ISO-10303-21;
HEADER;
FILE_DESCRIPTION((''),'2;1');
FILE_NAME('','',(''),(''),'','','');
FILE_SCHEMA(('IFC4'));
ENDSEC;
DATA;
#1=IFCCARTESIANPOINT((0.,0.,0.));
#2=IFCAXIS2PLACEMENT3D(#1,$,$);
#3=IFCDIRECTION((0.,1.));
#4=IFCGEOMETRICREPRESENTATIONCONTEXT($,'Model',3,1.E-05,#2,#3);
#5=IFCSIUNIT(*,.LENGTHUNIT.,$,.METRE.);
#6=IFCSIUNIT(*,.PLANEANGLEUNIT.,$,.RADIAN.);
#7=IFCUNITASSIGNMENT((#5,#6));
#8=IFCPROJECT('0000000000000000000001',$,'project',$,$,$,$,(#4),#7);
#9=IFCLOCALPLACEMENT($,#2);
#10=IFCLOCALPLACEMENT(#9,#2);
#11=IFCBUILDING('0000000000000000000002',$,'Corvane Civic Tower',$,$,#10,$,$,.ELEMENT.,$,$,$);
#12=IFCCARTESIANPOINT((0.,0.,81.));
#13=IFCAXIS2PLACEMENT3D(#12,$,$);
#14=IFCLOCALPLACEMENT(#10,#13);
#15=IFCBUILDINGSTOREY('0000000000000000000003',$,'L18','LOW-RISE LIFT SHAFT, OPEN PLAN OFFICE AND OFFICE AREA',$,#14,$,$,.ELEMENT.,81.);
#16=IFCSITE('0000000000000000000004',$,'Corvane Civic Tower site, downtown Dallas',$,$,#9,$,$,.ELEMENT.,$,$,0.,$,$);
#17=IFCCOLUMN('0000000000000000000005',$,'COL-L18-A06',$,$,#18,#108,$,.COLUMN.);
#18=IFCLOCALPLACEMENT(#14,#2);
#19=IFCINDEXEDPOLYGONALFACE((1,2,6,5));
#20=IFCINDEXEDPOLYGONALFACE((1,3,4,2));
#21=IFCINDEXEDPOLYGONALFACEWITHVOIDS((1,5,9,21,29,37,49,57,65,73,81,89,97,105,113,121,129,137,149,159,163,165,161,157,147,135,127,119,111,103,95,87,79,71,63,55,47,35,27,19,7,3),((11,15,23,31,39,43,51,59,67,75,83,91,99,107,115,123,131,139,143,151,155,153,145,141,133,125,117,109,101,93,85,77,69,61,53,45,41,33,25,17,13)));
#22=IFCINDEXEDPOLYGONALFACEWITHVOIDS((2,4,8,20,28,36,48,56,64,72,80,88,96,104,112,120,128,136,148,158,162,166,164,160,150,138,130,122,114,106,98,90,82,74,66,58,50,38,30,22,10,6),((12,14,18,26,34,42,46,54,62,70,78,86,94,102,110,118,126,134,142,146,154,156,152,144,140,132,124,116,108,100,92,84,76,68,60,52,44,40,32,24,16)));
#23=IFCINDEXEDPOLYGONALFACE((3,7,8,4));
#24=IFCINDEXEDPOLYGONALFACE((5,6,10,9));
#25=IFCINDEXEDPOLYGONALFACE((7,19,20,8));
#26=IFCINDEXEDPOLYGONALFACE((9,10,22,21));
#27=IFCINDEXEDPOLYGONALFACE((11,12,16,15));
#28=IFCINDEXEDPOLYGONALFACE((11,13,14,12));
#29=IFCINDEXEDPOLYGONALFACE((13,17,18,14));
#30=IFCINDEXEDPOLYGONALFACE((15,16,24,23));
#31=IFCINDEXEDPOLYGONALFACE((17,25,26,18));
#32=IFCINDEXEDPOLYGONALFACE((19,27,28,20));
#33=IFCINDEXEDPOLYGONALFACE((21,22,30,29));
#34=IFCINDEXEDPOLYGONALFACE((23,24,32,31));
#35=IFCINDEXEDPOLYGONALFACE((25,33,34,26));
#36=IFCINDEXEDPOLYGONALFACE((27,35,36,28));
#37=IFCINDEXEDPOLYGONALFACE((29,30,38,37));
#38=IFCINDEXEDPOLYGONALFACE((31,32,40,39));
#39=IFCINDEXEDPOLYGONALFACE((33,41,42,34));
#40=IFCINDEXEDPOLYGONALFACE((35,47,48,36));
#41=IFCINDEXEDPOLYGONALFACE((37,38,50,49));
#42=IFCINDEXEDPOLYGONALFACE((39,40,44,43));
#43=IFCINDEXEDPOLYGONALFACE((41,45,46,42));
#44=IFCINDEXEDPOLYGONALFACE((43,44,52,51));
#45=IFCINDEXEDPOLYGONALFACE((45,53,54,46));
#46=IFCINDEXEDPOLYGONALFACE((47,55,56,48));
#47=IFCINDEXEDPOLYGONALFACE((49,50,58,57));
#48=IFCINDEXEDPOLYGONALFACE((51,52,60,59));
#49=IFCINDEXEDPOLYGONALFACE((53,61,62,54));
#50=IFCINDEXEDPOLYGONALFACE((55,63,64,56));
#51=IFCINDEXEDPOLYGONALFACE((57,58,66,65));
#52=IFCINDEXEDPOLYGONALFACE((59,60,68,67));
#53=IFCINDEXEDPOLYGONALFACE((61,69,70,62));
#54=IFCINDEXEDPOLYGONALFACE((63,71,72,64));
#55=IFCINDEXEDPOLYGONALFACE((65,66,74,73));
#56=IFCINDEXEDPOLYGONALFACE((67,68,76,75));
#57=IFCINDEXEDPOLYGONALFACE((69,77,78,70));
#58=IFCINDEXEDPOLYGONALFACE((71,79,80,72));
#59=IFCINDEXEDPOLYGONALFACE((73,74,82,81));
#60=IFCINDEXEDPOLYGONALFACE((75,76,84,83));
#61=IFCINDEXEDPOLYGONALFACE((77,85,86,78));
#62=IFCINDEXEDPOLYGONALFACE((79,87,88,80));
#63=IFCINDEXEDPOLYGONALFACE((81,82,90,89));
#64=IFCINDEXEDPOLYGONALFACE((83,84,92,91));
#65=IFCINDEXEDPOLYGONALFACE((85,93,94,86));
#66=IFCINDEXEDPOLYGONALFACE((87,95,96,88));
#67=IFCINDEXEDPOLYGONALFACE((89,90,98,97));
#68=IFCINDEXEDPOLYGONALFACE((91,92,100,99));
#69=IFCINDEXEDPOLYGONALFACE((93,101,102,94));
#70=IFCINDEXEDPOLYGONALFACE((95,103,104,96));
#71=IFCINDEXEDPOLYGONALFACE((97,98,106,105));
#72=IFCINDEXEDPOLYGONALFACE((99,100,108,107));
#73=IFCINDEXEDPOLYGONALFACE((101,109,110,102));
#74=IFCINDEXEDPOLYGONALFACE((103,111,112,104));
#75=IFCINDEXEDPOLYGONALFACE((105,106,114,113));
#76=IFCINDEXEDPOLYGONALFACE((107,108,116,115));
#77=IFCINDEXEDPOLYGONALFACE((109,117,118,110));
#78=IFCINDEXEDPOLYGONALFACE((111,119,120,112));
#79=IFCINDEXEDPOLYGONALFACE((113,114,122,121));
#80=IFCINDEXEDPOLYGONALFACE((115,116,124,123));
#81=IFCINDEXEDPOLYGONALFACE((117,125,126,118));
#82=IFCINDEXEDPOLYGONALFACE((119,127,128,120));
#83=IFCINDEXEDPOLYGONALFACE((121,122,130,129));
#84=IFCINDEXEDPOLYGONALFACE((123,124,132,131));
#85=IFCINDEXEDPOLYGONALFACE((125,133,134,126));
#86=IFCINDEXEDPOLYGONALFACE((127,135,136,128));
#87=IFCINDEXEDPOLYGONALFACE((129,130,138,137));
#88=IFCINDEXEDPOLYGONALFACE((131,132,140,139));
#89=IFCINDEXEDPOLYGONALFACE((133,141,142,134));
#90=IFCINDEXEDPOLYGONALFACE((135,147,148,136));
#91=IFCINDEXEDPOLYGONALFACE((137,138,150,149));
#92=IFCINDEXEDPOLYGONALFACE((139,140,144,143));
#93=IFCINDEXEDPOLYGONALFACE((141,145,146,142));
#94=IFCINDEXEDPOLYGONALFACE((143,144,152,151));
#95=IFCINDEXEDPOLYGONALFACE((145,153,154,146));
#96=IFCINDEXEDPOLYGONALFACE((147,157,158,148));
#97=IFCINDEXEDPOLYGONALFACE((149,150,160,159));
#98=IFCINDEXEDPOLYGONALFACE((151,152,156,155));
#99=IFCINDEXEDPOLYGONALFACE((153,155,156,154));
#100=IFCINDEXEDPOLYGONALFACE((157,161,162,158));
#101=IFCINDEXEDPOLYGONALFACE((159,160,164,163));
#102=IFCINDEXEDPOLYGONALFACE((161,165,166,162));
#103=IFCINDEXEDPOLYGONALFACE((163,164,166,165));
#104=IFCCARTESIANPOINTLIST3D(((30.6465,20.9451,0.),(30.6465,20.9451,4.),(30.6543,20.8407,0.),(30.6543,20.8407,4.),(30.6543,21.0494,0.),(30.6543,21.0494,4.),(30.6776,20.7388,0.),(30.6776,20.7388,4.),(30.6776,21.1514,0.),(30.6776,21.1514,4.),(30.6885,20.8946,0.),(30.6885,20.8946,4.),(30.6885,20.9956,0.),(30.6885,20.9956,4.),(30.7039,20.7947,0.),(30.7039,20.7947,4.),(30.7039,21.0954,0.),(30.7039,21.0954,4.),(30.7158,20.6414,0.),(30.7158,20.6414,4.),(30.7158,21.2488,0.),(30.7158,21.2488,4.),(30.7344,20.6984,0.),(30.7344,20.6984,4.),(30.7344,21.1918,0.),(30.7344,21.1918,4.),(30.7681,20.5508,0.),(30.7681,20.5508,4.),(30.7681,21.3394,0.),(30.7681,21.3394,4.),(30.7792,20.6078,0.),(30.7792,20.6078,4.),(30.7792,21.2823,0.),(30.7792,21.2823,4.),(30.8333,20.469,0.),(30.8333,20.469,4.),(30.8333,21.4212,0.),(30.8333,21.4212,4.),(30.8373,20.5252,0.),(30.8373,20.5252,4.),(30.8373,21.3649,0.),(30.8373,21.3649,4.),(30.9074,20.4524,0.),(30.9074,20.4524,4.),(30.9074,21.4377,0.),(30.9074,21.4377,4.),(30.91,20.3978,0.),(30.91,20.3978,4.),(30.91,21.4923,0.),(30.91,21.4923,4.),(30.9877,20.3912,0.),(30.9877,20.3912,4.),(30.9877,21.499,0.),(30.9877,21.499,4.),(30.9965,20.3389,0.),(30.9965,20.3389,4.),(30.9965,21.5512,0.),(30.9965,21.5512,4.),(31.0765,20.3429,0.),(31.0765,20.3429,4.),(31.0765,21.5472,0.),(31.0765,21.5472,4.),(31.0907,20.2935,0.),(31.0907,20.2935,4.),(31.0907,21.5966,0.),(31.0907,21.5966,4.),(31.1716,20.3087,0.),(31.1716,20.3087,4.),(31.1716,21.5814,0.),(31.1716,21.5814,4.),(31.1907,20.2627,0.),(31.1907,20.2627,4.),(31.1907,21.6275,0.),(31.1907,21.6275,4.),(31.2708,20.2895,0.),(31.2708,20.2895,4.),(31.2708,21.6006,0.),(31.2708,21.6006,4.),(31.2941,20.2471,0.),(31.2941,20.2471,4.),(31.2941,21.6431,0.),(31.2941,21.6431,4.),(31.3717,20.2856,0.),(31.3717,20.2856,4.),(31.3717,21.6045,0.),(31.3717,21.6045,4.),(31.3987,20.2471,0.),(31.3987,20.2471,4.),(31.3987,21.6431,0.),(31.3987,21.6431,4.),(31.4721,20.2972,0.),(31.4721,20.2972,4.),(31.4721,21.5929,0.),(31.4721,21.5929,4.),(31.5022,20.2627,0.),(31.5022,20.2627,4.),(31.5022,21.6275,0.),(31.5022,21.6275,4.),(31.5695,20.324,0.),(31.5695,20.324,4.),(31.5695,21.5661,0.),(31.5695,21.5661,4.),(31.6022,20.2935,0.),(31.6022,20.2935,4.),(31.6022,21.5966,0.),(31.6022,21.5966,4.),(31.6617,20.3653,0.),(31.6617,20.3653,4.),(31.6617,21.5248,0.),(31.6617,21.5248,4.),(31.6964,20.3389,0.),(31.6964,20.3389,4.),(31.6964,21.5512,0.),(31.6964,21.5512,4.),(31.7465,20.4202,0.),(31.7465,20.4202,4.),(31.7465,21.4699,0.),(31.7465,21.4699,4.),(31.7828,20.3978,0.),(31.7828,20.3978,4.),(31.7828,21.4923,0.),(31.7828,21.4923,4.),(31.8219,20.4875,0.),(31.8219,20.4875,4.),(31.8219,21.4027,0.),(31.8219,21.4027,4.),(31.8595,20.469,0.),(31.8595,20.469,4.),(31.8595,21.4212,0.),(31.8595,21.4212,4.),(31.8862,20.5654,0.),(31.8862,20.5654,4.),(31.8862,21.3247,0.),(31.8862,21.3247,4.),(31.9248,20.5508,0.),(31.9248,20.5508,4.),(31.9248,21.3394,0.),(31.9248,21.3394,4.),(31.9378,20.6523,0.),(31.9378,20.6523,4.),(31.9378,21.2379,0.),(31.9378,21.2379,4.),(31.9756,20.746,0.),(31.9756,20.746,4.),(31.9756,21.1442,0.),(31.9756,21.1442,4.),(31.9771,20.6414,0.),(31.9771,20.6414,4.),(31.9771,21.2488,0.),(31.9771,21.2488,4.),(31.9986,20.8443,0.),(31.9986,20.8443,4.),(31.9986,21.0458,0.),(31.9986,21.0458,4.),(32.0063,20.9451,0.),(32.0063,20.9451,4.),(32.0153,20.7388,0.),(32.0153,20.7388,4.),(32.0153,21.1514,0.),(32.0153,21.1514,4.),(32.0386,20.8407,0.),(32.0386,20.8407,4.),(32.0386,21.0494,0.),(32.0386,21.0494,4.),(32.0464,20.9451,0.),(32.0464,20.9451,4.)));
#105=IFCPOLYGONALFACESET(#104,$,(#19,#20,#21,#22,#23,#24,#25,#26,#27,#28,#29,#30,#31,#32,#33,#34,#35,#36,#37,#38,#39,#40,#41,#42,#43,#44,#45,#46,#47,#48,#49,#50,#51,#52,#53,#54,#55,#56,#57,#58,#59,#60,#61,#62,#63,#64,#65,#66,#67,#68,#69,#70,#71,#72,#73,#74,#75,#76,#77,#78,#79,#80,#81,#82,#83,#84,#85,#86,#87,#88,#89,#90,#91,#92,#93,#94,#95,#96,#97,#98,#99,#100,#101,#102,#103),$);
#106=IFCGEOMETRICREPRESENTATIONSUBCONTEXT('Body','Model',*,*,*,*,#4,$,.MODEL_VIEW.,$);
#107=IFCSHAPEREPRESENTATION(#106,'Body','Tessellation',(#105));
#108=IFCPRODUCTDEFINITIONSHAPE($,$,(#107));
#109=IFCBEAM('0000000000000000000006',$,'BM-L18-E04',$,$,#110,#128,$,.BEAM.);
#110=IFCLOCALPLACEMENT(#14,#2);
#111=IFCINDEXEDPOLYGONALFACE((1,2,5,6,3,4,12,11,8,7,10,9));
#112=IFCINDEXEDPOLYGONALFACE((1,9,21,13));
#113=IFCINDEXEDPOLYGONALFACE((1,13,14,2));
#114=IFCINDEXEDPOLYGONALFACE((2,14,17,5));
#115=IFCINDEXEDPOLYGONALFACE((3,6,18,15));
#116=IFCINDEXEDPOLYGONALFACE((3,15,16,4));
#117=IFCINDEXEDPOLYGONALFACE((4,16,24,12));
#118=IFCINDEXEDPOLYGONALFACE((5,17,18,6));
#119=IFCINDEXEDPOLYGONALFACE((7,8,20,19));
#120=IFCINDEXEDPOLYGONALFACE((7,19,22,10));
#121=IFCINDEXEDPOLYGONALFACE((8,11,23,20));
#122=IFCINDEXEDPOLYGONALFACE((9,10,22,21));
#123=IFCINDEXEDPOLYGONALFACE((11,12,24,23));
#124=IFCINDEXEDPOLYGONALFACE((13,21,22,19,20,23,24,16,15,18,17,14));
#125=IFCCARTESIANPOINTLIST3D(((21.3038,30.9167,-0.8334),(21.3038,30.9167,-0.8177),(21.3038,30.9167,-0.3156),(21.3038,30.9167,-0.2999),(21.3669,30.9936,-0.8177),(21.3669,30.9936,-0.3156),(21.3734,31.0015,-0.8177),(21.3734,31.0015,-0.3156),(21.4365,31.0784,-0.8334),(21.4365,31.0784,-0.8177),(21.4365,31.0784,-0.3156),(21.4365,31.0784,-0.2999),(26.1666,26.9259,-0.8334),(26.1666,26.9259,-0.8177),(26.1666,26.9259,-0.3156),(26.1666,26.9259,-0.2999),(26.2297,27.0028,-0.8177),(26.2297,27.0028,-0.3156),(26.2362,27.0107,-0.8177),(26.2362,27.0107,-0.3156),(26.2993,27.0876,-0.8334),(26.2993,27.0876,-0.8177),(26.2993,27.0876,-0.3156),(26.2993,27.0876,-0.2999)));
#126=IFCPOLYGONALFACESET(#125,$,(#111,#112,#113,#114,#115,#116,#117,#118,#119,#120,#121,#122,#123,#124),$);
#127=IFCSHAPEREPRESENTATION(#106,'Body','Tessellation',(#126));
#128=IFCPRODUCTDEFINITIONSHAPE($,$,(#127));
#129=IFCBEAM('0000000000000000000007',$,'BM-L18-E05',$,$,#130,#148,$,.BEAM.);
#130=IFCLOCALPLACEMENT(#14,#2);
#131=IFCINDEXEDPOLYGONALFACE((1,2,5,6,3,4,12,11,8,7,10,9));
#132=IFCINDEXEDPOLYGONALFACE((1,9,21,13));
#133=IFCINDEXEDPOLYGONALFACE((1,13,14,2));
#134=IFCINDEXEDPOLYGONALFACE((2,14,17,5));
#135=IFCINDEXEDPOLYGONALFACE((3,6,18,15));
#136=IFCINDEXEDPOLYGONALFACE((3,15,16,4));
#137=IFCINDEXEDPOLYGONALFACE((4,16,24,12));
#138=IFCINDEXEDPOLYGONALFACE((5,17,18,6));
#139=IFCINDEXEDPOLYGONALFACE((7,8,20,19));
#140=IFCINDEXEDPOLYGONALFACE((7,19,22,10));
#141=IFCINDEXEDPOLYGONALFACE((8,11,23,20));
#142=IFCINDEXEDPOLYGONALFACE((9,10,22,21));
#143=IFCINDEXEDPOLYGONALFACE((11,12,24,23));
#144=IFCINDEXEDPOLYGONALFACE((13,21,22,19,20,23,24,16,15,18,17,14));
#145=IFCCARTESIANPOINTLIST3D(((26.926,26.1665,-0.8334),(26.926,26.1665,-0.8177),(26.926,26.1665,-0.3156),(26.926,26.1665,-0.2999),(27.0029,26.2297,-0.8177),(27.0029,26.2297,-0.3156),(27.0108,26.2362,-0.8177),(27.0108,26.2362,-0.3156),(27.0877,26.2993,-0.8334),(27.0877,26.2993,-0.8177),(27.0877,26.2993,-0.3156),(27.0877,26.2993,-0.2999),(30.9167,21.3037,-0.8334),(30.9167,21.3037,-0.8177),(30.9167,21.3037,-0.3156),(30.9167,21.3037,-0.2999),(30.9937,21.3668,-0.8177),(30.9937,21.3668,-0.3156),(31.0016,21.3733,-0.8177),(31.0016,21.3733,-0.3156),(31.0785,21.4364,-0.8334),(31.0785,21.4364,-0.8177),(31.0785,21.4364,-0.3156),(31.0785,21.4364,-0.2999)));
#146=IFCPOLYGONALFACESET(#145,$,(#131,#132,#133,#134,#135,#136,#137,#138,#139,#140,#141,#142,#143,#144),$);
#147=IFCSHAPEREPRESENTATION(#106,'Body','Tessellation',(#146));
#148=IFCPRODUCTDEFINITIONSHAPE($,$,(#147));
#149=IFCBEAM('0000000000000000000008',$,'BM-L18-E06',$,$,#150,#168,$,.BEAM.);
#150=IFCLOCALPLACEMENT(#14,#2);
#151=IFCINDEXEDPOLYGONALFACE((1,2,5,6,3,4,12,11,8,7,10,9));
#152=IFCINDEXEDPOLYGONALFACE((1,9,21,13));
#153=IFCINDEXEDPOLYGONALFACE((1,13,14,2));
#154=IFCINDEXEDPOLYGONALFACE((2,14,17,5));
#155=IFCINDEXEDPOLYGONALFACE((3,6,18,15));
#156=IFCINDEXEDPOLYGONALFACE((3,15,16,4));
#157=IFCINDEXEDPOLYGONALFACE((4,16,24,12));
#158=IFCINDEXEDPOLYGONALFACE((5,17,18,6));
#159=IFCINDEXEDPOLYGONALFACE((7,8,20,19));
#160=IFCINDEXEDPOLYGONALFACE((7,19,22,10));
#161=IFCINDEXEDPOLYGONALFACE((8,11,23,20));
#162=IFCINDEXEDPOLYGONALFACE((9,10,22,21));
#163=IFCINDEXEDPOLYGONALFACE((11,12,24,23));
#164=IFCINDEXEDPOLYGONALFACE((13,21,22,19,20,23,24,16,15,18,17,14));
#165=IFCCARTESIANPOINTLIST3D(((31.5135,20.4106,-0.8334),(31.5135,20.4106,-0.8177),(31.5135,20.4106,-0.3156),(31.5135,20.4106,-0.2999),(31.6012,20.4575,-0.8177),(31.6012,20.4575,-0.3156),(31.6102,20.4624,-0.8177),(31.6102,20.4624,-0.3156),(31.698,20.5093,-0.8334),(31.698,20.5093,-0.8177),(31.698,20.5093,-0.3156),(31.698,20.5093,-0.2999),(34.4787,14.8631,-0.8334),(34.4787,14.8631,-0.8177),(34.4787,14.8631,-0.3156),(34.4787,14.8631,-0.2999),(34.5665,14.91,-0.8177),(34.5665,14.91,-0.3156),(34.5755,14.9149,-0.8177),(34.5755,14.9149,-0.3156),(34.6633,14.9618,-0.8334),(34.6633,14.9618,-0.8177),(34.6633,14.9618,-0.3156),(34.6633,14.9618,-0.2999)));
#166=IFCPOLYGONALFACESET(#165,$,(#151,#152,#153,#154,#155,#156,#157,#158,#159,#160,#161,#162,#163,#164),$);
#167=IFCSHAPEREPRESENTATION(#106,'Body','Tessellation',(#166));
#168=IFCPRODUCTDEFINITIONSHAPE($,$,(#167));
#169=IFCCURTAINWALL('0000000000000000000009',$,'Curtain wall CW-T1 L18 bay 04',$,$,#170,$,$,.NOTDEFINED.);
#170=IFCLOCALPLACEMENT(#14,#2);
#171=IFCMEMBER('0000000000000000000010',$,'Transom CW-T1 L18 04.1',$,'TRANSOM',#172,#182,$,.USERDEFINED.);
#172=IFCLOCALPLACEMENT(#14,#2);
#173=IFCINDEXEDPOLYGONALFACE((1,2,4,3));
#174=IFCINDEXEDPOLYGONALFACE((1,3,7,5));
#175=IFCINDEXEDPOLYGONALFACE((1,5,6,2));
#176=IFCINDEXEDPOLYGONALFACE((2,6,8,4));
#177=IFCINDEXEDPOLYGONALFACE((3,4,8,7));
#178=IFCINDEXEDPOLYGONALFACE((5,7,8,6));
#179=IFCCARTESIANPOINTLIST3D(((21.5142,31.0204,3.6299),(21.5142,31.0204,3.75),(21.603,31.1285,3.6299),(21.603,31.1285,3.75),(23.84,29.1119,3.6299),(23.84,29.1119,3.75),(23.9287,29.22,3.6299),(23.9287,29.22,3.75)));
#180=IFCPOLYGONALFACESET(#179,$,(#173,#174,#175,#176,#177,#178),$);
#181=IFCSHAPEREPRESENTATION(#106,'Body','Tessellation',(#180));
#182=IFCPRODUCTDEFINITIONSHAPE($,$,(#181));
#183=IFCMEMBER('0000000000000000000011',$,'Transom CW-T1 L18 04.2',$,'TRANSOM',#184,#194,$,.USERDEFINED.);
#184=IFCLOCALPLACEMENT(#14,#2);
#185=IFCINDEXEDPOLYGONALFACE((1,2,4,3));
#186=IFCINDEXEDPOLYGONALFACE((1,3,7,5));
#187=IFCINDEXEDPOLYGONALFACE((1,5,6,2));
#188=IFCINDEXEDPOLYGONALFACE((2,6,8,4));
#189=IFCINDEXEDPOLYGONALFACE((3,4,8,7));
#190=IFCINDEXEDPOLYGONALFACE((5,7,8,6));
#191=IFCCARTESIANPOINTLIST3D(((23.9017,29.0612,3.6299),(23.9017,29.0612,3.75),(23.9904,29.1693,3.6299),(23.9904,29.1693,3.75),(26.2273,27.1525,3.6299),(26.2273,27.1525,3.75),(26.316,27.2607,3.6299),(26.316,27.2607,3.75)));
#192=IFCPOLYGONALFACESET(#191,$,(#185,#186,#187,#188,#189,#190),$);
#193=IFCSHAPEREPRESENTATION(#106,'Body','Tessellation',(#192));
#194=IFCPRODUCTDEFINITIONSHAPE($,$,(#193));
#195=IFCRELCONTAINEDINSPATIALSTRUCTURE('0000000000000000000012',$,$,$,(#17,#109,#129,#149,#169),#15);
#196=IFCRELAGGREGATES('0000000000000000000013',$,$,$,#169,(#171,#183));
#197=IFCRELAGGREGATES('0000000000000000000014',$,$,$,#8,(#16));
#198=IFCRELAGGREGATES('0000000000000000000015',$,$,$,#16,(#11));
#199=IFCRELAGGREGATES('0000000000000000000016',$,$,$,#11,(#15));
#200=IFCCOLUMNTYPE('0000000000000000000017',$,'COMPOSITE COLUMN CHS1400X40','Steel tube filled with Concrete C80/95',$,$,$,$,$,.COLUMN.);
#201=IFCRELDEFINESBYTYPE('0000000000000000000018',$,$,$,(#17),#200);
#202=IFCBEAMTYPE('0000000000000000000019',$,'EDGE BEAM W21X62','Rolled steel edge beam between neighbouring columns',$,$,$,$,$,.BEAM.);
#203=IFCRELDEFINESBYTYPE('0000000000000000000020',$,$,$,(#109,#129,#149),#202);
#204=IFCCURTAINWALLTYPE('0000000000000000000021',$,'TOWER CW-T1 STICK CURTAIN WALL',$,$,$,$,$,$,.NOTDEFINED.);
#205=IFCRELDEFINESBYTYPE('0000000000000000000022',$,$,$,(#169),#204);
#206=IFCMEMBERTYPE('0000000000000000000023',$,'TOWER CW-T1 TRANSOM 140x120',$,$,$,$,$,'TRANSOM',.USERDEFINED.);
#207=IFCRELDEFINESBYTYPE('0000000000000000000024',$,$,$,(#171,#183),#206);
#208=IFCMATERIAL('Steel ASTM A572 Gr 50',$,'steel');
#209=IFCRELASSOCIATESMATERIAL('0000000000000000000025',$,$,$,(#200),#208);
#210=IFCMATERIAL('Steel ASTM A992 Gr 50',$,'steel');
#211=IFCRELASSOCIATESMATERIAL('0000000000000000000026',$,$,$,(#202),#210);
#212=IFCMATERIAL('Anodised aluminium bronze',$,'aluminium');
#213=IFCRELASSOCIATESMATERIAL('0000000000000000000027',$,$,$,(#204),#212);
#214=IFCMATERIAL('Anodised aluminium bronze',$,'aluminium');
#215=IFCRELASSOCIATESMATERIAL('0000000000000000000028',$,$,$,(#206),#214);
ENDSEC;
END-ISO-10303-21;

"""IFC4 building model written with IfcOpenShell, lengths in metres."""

from ifc_helpers import new_model, si_unit, direction, frame, origin, origin_2d, place, context, subcontext, project, spatial, rectangle, hollow_circle, i_section, extrude, material, material_profile, profile_set, type_object, element, aggregate, save


model = new_model("IFC4")

# Units and contexts
model_context = context("Model", 3, precision=1e-05, world=origin(), true_north=direction((0.0, 1.0)))
body_context = subcontext(model_context, "Body", "Model", "MODEL_VIEW")
ifc_project = project(units=[si_unit("LENGTHUNIT", "METRE"), si_unit("PLANEANGLEUNIT", "RADIAN")], contexts=[model_context])

# Site, building, storey
site_placement = place(None, origin())
site = spatial("IfcSite", under=ifc_project, at=site_placement, Name="Corvane Civic Tower site, downtown Dallas", CompositionType="ELEMENT", RefElevation=0.0)
building_placement = place(site_placement, origin())
building = spatial("IfcBuilding", under=site, at=building_placement, Name="Corvane Civic Tower", CompositionType="ELEMENT")
storey_placement = place(building_placement, frame((0.0, 0.0, 81.0)))
storey = spatial("IfcBuildingStorey", under=building, at=storey_placement, Name="L18", Description="LOW-RISE LIFT SHAFT, OPEN PLAN OFFICE AND OFFICE AREA", CompositionType="ELEMENT", Elevation=81.0)

# Column
ifc_material_1 = material(Name="Steel ASTM A572 Gr 50", Category="steel")
ifc_material_profile_1 = material_profile(ifc_material_1, hollow_circle(Radius=0.7, WallThickness=0.04, at=origin_2d()), Name="CHS1400X40")
ifc_profile_set_1 = profile_set([ifc_material_profile_1], Name="Steel ASTM A572 Gr 50")
column_type = type_object("IfcColumnType", Name="COMPOSITE COLUMN CHS1400X40", Description="Steel tube filled with Concrete C80/95", PredefinedType="COLUMN", material=ifc_profile_set_1)
for number, where, z_axis, x_axis, name in (
    (1, (31.3464, 20.9451, 0.0), (0.0, 0.0, 1.0), (1.0, 0.0, 0.0), "COL-L18-A06"),
):
    element("IfcColumn", number, at=place(storey_placement, frame(where, z_axis=z_axis, x_axis=x_axis)), inside=storey, type_object=column_type, Name=name, PredefinedType="COLUMN", context=body_context, shape_type="SweptSolid", body=[
        extrude(hollow_circle(Radius=0.7, WallThickness=0.04, at=origin_2d()), origin(), (0.0, 0.0, 1.0), 4.0),
    ])

# Beams
ifc_material_2 = material(Name="Steel ASTM A992 Gr 50", Category="steel")
ifc_material_profile_2 = material_profile(ifc_material_2, i_section(OverallWidth=0.2092, OverallDepth=0.5334, WebThickness=0.0103, FlangeThickness=0.0156, at=origin_2d()), Name="W21X62")
ifc_profile_set_2 = profile_set([ifc_material_profile_2], Name="Steel ASTM A992 Gr 50")
beam_type = type_object("IfcBeamType", Name="EDGE BEAM W21X62", Description="Rolled steel edge beam between neighbouring columns", PredefinedType="BEAM", material=ifc_profile_set_2)
for number, where, z_axis, x_axis, name in (
    (2, (21.3701, 30.9976, -0.5667), (0.773016, -0.634387, 0.0), (0.634387, 0.773016, 0.0), "BM-L18-E04"),
    (3, (27.0068, 26.2329, -0.5667), (0.634387, -0.773016, 0.0), (0.773016, 0.634387, 0.0), "BM-L18-E05"),
):
    element("IfcBeam", number, at=place(storey_placement, frame(where, z_axis=z_axis, x_axis=x_axis)), inside=storey, type_object=beam_type, Name=name, PredefinedType="BEAM", context=body_context, shape_type="SweptSolid", body=[
        extrude(i_section(OverallWidth=0.2092, OverallDepth=0.5334, WebThickness=0.0103, FlangeThickness=0.0156, at=origin_2d()), origin(), (0.0, 0.0, 1.0), 6.2908),
    ])
beam_placement = place(storey_placement, frame((31.6057, 20.46, -0.5667), z_axis=(0.471406, -0.881916, 0.0), x_axis=(0.881916, 0.471406, 0.0)))
element("IfcBeam", 4, at=beam_placement, inside=storey, type_object=beam_type, Name="BM-L18-E06", PredefinedType="BEAM", context=body_context, shape_type="SweptSolid", body=[
    extrude(i_section(OverallWidth=0.2092, OverallDepth=0.5334, WebThickness=0.0103, FlangeThickness=0.0156, at=origin_2d()), origin(), (0.0, 0.0, 1.0), 6.2903),
])

# Curtain wall, members
ifc_material_3 = material(Name="Anodised aluminium bronze", Category="aluminium")
curtain_wall_type = type_object("IfcCurtainWallType", Name="TOWER CW-T1 STICK CURTAIN WALL", PredefinedType="NOTDEFINED", material=ifc_material_3)
curtain_wall_1_placement = place(storey_placement, origin())
curtain_wall_1 = element("IfcCurtainWall", 5, at=curtain_wall_1_placement, inside=storey, type_object=curtain_wall_type, Name="Curtain wall CW-T1 L18 bay 04", PredefinedType="NOTDEFINED")
ifc_material_4 = material(Name="Anodised aluminium bronze", Category="aluminium")
ifc_material_profile_3 = material_profile(ifc_material_4, rectangle(XDim=0.1399, YDim=0.1201, at=origin_2d()), Name="TOWER CW-T1 TRANSOM 140x120")
ifc_profile_set_3 = profile_set([ifc_material_profile_3], Name="Anodised aluminium bronze")
member_type_1 = type_object("IfcMemberType", Name="TOWER CW-T1 TRANSOM 140x120", ElementType="TRANSOM", PredefinedType="USERDEFINED", material=ifc_profile_set_3)
member_1_placement = place(storey_placement, frame((21.5586, 31.0745, 3.6899), z_axis=(0.773042, -0.634355, 0.0), x_axis=(0.634355, 0.773042, 0.0)))
member_1 = element("IfcMember", 6, at=member_1_placement, type_object=member_type_1, Name="Transom CW-T1 L18 04.1", ObjectType="TRANSOM", PredefinedType="USERDEFINED", context=body_context, shape_type="SweptSolid", body=[
    extrude(rectangle(XDim=0.1399, YDim=0.1201, at=origin_2d()), origin(), (0.0, 0.0, 1.0), 3.0085),
])
member_2_placement = place(storey_placement, frame((23.946, 29.1152, 3.6899), z_axis=(0.773002, -0.634404, 0.0), x_axis=(0.634404, 0.773002, 0.0)))
member_2 = element("IfcMember", 7, at=member_2_placement, type_object=member_type_1, Name="Transom CW-T1 L18 04.2", ObjectType="TRANSOM", PredefinedType="USERDEFINED", context=body_context, shape_type="SweptSolid", body=[
    extrude(rectangle(XDim=0.1399, YDim=0.1201, at=origin_2d()), origin(), (0.0, 0.0, 1.0), 3.0085),
])

aggregate(curtain_wall_1, [member_1, member_2])

save(model, "model.ifc")
